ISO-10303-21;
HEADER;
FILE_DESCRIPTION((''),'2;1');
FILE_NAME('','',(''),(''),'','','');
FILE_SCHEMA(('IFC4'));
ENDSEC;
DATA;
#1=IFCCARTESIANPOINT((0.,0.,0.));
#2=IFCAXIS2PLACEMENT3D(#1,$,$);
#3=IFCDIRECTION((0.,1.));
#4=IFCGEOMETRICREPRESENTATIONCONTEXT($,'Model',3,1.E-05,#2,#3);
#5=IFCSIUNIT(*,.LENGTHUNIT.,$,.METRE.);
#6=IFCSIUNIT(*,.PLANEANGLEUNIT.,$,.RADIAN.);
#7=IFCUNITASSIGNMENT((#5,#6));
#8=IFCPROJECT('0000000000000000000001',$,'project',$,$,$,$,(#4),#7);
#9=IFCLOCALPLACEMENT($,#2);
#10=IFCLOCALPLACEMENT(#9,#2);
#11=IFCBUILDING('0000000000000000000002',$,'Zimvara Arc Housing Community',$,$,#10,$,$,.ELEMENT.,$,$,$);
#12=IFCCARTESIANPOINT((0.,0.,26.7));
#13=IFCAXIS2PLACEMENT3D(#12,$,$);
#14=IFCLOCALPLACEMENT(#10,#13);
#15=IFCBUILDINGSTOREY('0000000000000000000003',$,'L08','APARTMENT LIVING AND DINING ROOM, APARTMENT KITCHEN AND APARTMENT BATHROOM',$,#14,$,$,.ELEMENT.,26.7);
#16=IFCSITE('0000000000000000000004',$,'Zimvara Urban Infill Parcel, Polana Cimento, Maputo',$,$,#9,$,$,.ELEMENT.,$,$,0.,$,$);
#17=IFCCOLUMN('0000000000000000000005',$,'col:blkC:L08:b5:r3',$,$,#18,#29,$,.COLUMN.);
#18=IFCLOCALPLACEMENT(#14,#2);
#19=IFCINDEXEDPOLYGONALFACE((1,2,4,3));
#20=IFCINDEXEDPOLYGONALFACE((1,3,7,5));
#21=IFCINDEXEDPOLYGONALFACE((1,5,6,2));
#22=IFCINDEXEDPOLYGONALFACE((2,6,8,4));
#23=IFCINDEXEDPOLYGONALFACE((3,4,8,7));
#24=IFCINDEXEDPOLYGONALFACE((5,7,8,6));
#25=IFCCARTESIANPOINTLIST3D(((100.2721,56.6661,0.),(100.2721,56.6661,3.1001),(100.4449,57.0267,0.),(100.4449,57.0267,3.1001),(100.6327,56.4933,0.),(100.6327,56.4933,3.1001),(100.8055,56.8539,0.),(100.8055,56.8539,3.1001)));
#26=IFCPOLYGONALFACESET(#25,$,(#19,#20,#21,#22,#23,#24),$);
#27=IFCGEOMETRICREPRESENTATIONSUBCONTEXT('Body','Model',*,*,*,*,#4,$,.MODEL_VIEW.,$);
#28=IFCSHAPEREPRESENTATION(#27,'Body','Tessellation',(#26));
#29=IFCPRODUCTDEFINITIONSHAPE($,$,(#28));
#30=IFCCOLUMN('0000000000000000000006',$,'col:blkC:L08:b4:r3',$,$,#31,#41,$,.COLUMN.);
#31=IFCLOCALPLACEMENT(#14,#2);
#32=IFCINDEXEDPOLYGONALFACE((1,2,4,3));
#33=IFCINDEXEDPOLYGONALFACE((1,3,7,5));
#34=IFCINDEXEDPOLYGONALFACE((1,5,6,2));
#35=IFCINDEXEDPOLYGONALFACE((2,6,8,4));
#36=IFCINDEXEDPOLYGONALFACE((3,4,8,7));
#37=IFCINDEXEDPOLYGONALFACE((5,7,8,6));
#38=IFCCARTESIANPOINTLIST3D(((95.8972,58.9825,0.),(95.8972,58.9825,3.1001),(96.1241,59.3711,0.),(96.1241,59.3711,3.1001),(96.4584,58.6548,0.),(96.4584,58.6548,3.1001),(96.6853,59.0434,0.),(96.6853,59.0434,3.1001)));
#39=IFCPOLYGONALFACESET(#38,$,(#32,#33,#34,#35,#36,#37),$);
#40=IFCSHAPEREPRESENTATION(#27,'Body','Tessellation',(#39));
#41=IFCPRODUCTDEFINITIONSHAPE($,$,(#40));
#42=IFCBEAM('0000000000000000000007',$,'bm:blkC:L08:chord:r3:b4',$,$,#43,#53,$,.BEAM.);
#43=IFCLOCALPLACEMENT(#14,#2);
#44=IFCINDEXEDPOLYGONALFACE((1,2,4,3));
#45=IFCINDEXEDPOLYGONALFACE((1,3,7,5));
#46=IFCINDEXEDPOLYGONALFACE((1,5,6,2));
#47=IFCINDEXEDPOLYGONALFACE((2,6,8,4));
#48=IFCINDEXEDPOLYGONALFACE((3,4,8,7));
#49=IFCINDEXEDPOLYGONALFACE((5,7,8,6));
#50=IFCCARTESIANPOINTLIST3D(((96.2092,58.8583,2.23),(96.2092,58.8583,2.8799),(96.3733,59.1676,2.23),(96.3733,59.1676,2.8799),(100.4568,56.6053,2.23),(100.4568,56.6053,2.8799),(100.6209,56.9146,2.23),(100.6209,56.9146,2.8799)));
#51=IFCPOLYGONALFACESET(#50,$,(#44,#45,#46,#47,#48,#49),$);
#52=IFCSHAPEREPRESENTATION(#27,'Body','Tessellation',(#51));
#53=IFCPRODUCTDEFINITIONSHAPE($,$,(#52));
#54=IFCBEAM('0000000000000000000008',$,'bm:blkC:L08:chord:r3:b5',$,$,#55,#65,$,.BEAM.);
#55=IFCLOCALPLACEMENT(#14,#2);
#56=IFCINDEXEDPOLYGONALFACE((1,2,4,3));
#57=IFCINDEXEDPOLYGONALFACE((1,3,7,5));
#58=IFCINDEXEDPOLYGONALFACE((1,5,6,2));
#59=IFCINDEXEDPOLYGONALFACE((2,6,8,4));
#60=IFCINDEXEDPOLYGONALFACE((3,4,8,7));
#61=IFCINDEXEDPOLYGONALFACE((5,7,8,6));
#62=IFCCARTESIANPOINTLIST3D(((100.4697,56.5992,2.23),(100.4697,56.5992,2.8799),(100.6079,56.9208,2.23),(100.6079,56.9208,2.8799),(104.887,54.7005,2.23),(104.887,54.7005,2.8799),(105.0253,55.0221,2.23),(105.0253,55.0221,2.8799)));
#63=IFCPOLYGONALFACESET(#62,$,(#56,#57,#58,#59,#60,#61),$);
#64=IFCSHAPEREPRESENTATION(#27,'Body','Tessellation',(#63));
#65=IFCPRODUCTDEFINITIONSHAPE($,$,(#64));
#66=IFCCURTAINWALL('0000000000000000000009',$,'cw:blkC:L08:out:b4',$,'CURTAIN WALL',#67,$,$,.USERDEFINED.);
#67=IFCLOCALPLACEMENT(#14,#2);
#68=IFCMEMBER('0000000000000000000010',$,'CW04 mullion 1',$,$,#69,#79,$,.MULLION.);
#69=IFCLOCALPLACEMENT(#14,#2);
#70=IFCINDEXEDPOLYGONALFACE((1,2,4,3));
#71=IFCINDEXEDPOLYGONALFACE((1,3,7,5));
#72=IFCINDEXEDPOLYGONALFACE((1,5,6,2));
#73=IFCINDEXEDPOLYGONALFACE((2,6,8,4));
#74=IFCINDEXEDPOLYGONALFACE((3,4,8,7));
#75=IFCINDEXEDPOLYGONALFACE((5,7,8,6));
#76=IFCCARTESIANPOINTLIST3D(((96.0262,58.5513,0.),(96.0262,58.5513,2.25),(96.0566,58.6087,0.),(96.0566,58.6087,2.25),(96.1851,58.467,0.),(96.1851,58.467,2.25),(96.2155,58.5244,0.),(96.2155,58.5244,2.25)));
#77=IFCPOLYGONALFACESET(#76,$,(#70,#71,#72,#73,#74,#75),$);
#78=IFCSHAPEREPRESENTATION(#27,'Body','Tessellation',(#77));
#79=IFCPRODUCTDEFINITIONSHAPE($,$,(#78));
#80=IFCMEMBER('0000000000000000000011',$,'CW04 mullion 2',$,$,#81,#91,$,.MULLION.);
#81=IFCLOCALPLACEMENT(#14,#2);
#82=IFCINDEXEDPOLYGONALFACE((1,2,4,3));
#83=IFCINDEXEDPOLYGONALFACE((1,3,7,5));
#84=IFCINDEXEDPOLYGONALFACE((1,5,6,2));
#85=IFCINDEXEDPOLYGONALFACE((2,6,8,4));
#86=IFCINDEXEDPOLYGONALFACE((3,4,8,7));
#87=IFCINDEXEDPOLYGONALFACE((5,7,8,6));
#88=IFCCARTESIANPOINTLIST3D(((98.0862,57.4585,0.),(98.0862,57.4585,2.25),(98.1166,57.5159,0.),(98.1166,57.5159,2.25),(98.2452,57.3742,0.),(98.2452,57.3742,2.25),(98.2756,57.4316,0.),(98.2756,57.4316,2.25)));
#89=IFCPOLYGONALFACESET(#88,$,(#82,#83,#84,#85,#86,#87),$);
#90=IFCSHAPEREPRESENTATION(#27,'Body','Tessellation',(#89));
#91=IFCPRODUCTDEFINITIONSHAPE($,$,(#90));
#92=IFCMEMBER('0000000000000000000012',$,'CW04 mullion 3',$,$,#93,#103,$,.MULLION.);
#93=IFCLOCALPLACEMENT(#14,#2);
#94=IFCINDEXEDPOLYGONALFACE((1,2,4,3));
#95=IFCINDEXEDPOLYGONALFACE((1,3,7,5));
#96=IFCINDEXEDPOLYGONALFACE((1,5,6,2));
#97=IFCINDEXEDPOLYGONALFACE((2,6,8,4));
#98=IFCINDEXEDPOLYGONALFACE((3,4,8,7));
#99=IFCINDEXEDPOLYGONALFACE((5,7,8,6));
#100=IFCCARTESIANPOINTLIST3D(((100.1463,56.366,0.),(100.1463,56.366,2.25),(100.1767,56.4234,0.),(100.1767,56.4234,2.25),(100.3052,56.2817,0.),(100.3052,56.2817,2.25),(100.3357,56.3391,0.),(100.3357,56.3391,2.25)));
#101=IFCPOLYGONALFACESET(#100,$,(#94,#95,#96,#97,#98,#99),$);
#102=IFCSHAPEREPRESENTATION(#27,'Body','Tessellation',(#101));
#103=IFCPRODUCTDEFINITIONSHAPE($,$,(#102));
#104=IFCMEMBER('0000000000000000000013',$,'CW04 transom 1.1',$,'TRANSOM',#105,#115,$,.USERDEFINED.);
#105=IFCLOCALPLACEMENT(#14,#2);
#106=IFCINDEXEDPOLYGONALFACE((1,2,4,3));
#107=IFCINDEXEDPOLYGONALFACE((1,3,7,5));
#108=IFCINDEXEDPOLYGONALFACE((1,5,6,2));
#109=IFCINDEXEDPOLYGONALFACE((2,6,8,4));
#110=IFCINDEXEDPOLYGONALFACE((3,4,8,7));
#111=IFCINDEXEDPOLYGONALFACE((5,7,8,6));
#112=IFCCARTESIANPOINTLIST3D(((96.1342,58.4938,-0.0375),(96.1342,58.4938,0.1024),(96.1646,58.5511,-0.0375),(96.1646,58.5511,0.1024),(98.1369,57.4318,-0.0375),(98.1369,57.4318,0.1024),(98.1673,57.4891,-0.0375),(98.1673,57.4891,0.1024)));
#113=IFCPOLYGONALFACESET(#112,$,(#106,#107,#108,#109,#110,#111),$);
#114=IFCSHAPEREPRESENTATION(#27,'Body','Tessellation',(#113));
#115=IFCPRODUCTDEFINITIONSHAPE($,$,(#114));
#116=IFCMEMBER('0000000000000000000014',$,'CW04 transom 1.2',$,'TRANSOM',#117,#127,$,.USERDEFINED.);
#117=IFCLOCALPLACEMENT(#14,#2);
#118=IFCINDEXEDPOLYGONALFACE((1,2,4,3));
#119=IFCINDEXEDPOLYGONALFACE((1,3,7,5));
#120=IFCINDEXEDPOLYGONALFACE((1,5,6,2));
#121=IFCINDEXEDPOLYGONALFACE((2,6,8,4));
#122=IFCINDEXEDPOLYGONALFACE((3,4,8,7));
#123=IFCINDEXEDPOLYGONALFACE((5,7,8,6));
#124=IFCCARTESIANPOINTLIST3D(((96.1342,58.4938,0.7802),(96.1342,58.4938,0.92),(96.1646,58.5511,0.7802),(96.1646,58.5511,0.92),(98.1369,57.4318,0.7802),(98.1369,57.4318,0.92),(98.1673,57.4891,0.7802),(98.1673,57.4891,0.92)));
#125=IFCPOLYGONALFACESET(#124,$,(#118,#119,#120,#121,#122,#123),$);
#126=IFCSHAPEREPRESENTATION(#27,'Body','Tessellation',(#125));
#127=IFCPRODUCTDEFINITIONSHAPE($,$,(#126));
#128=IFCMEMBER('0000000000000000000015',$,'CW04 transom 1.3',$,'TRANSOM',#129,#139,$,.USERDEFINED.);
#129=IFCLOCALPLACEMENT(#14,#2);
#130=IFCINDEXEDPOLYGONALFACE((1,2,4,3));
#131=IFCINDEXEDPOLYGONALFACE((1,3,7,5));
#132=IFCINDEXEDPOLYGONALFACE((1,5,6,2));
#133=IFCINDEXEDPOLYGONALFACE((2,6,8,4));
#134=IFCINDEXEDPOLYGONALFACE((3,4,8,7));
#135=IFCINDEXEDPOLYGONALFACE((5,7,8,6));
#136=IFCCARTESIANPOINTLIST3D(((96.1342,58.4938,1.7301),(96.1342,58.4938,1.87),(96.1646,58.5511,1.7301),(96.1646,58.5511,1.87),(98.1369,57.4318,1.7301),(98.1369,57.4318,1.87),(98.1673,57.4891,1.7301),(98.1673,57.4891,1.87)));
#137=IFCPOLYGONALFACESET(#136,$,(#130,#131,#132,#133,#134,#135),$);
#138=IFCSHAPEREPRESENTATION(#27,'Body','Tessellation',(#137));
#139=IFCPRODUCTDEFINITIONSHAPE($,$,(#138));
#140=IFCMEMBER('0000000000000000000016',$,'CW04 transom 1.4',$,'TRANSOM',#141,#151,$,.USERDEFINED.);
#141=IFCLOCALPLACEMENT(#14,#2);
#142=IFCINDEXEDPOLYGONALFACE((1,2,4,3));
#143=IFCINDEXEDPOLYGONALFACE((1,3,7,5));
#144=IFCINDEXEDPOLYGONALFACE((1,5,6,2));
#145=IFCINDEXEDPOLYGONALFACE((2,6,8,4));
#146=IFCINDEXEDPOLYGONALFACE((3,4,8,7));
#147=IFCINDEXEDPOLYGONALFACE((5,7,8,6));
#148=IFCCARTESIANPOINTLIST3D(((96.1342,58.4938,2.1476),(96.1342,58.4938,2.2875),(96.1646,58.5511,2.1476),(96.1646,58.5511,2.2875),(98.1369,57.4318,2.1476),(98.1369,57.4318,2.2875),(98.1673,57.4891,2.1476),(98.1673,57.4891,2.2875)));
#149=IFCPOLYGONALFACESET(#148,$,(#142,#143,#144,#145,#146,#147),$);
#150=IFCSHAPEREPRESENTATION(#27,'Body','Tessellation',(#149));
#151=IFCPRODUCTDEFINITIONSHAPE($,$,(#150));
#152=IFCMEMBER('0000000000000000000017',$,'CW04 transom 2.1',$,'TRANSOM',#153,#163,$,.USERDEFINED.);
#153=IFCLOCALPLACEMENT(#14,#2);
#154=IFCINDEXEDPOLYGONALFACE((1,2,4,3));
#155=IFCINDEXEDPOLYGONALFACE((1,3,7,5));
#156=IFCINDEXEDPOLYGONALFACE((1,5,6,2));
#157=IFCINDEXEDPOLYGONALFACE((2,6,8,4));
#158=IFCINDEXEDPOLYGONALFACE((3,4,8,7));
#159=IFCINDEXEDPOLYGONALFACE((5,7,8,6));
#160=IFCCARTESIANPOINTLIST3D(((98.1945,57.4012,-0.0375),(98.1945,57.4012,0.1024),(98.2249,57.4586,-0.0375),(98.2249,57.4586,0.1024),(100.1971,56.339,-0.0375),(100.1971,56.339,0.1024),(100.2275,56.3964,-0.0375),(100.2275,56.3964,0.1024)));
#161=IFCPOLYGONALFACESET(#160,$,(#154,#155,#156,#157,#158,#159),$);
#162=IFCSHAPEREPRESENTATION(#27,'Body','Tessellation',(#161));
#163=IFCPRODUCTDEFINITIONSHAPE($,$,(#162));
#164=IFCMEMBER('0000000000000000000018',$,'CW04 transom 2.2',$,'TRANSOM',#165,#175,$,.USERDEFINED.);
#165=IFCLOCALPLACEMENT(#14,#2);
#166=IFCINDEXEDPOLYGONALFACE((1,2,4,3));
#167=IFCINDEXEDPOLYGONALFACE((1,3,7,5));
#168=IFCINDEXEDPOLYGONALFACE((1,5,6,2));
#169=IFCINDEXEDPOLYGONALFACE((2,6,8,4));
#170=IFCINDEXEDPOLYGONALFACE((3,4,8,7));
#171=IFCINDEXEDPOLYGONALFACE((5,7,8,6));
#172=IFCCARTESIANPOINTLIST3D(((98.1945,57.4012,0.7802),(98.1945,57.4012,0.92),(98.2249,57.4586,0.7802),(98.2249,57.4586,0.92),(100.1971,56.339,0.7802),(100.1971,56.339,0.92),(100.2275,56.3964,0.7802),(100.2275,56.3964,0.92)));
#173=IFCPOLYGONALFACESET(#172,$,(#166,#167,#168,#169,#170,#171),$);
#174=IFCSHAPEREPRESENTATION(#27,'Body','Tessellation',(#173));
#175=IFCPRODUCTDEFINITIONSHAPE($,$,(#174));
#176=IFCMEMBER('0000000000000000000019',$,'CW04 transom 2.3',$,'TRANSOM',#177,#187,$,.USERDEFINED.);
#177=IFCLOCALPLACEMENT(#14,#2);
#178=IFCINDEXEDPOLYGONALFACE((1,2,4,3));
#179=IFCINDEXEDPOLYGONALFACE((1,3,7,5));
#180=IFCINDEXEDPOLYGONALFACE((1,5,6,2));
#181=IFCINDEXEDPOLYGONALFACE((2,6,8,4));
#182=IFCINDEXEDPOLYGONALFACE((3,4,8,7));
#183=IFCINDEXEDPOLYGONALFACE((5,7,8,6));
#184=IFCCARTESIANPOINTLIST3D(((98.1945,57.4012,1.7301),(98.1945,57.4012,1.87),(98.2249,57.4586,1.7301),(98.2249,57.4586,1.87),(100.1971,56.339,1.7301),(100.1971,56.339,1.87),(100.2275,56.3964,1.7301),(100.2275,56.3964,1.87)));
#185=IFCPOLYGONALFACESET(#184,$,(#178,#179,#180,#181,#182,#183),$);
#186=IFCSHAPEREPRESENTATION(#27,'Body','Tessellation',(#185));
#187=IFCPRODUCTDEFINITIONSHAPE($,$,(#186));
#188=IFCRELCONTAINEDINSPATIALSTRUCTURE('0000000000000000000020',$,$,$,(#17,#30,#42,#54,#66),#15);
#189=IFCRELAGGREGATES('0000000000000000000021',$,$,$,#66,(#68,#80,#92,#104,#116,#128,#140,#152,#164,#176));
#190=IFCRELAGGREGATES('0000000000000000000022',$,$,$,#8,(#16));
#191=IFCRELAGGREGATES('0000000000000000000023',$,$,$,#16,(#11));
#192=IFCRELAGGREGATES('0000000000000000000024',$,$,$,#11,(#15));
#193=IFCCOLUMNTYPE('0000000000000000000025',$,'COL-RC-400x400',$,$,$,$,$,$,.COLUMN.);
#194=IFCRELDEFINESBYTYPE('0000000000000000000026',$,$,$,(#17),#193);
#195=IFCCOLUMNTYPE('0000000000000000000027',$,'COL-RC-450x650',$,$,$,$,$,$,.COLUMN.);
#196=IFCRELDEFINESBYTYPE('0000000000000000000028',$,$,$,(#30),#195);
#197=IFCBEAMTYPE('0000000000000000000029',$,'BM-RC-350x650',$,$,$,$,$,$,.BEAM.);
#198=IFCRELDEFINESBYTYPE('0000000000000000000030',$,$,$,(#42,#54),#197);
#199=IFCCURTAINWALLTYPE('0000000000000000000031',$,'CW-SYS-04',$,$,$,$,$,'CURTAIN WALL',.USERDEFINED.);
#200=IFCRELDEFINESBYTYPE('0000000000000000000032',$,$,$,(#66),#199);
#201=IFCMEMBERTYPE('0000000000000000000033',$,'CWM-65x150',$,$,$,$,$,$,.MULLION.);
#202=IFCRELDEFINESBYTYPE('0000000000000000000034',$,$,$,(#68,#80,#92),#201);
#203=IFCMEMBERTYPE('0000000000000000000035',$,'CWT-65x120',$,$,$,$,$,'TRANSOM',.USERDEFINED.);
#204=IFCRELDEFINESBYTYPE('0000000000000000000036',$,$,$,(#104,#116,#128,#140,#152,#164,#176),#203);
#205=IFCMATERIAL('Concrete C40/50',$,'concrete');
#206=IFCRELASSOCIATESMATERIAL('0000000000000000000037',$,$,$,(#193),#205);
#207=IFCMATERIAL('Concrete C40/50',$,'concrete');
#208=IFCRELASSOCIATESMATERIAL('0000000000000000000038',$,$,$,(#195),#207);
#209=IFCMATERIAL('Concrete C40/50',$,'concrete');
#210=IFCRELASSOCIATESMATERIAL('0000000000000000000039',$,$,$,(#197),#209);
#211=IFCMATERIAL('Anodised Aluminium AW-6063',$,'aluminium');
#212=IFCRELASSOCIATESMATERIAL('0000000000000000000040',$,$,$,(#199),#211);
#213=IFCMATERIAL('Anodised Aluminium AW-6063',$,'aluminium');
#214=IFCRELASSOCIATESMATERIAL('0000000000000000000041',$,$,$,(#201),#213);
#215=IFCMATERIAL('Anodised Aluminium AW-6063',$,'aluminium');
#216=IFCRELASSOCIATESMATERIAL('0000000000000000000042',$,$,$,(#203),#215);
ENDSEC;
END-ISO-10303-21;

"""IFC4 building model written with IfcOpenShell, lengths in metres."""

from ifc_helpers import new_model, si_unit, direction, frame, origin, origin_2d, place, context, subcontext, project, spatial, rectangle, extrude, material, material_profile, profile_set, type_object, element, aggregate, save


model = new_model("IFC4")

# Units and contexts
model_context = context("Model", 3, precision=1e-05, world=origin(), true_north=direction((0.0, 1.0)))
body_context = subcontext(model_context, "Body", "Model", "MODEL_VIEW")
ifc_project = project(units=[si_unit("LENGTHUNIT", "METRE"), si_unit("PLANEANGLEUNIT", "RADIAN")], contexts=[model_context])

# Site, building, storey
site_placement = place(None, origin())
site = spatial("IfcSite", under=ifc_project, at=site_placement, Name="Zimvara Urban Infill Parcel, Polana Cimento, Maputo", CompositionType="ELEMENT", RefElevation=0.0)
building_placement = place(site_placement, origin())
building = spatial("IfcBuilding", under=site, at=building_placement, Name="Zimvara Arc Housing Community", CompositionType="ELEMENT")
storey_placement = place(building_placement, frame((0.0, 0.0, 26.7)))
storey = spatial("IfcBuildingStorey", under=building, at=storey_placement, Name="L08", Description="APARTMENT LIVING AND DINING ROOM, APARTMENT KITCHEN AND APARTMENT BATHROOM", CompositionType="ELEMENT", Elevation=26.7)

# Columns
ifc_material_1 = material(Name="Concrete C40/50", Category="concrete")
ifc_material_profile_1 = material_profile(ifc_material_1, rectangle(XDim=0.3999, YDim=0.3999, at=origin_2d()), Name="RC 400x400")
ifc_profile_set_1 = profile_set([ifc_material_profile_1], Name="Concrete C40/50")
column_type_1 = type_object("IfcColumnType", Name="COL-RC-400x400", PredefinedType="COLUMN", material=ifc_profile_set_1)
column_1_placement = place(storey_placement, frame((100.5388, 56.76, 0.0), z_axis=(0.0, 0.0, 1.0), x_axis=(-0.432086, -0.901833, 0.0)))
element("IfcColumn", 1, at=column_1_placement, inside=storey, type_object=column_type_1, Name="col:blkC:L08:b5:r3", PredefinedType="COLUMN", context=body_context, shape_type="SweptSolid", body=[
    extrude(rectangle(XDim=0.3999, YDim=0.3999, at=origin_2d()), origin(), (0.0, 0.0, 1.0), 3.1001),
])
ifc_material_2 = material(Name="Concrete C40/50", Category="concrete")
ifc_material_profile_2 = material_profile(ifc_material_2, rectangle(XDim=0.45, YDim=0.6499, at=origin_2d()), Name="RC 450x650")
ifc_profile_set_2 = profile_set([ifc_material_profile_2], Name="Concrete C40/50")
column_type_2 = type_object("IfcColumnType", Name="COL-RC-450x650", PredefinedType="COLUMN", material=ifc_profile_set_2)
column_2_placement = place(storey_placement, frame((96.2913, 59.0129, 0.0), z_axis=(0.0, 0.0, 1.0), x_axis=(-0.504226, -0.863572, 0.0)))
element("IfcColumn", 2, at=column_2_placement, inside=storey, type_object=column_type_2, Name="col:blkC:L08:b4:r3", PredefinedType="COLUMN", context=body_context, shape_type="SweptSolid", body=[
    extrude(rectangle(XDim=0.45, YDim=0.6499, at=origin_2d()), origin(), (0.0, 0.0, 1.0), 3.1001),
])

# Beams
ifc_material_3 = material(Name="Concrete C40/50", Category="concrete")
ifc_material_profile_3 = material_profile(ifc_material_3, rectangle(XDim=0.3501, YDim=0.6499, at=origin_2d()), Name="RC 350x650")
ifc_profile_set_3 = profile_set([ifc_material_profile_3], Name="Concrete C40/50")
beam_type = type_object("IfcBeamType", Name="BM-RC-350x650", PredefinedType="BEAM", material=ifc_profile_set_3)
for number, where, z_axis, x_axis, name in (
    (3, (96.2913, 59.0129, 2.5549), (0.883425, -0.468573, 0.0), (0.468573, 0.883425, 0.0), "bm:blkC:L08:chord:r3:b4"),
    (4, (100.5388, 56.76, 2.5549), (0.918724, -0.3949, 0.0), (0.3949, 0.918724, 0.0), "bm:blkC:L08:chord:r3:b5"),
):
    element("IfcBeam", number, at=place(storey_placement, frame(where, z_axis=z_axis, x_axis=x_axis)), inside=storey, type_object=beam_type, Name=name, PredefinedType="BEAM", context=body_context, shape_type="SweptSolid", body=[
        extrude(rectangle(XDim=0.3501, YDim=0.6499, at=origin_2d()), origin(), (0.0, 0.0, 1.0), 4.8081),
    ])

# Curtain wall, members
ifc_material_4 = material(Name="Anodised Aluminium AW-6063", Category="aluminium")
curtain_wall_type = type_object("IfcCurtainWallType", Name="CW-SYS-04", ElementType="CURTAIN WALL", PredefinedType="USERDEFINED", material=ifc_material_4)
curtain_wall_placement = place(storey_placement, origin())
curtain_wall = element("IfcCurtainWall", 5, at=curtain_wall_placement, inside=storey, type_object=curtain_wall_type, Name="cw:blkC:L08:out:b4", ObjectType="CURTAIN WALL", PredefinedType="USERDEFINED")
ifc_material_5 = material(Name="Anodised Aluminium AW-6063", Category="aluminium")
ifc_material_profile_4 = material_profile(ifc_material_5, rectangle(XDim=0.0649, YDim=0.1799, at=origin_2d()), Name="ALU 65x180")
ifc_profile_set_4 = profile_set([ifc_material_profile_4], Name="Anodised Aluminium AW-6063")
member_type_1 = type_object("IfcMemberType", Name="CWM-65x150", PredefinedType="MULLION", material=ifc_profile_set_4)
member_1_placement = place(storey_placement, frame((96.1208, 58.5378, 0.0), z_axis=(0.0, 0.0, 1.0), x_axis=(0.468547, 0.883439, 0.0)))
member_1 = element("IfcMember", 6, at=member_1_placement, type_object=member_type_1, Name="CW04 mullion 1", PredefinedType="MULLION", context=body_context, shape_type="SweptSolid", body=[
    extrude(rectangle(XDim=0.0649, YDim=0.1799, at=origin_2d()), origin(), (0.0, 0.0, 1.0), 2.25),
])
member_2_placement = place(storey_placement, frame((98.1809, 57.4451, 0.0), z_axis=(0.0, 0.0, 1.0), x_axis=(0.468547, 0.883439, 0.0)))
member_2 = element("IfcMember", 7, at=member_2_placement, type_object=member_type_1, Name="CW04 mullion 2", PredefinedType="MULLION", context=body_context, shape_type="SweptSolid", body=[
    extrude(rectangle(XDim=0.0649, YDim=0.1799, at=origin_2d()), origin(), (0.0, 0.0, 1.0), 2.25),
])
member_3_placement = place(storey_placement, frame((100.241, 56.3525, 0.0), z_axis=(0.0, 0.0, 1.0), x_axis=(0.468547, 0.883439, 0.0)))
member_3 = element("IfcMember", 8, at=member_3_placement, type_object=member_type_1, Name="CW04 mullion 3", PredefinedType="MULLION", context=body_context, shape_type="SweptSolid", body=[
    extrude(rectangle(XDim=0.0649, YDim=0.1799, at=origin_2d()), origin(), (0.0, 0.0, 1.0), 2.25),
])
ifc_material_6 = material(Name="Anodised Aluminium AW-6063", Category="aluminium")
ifc_material_profile_5 = material_profile(ifc_material_6, rectangle(XDim=0.0649, YDim=0.1399, at=origin_2d()), Name="ALU 65x140")
ifc_profile_set_5 = profile_set([ifc_material_profile_5], Name="Anodised Aluminium AW-6063")
member_type_2 = type_object("IfcMemberType", Name="CWT-65x120", ElementType="TRANSOM", PredefinedType="USERDEFINED", material=ifc_profile_set_5)
member_4_placement = place(storey_placement, frame((96.1494, 58.5225, 0.0325), z_axis=(0.883465, -0.468496, 0.0), x_axis=(0.468496, 0.883465, 0.0)))
member_4 = element("IfcMember", 9, at=member_4_placement, type_object=member_type_2, Name="CW04 transom 1.1", ObjectType="TRANSOM", PredefinedType="USERDEFINED", context=body_context, shape_type="SweptSolid", body=[
    extrude(rectangle(XDim=0.0649, YDim=0.1399, at=origin_2d()), origin(), (0.0, 0.0, 1.0), 2.2668),
])
member_5_placement = place(storey_placement, frame((96.1494, 58.5225, 0.8501), z_axis=(0.883465, -0.468496, 0.0), x_axis=(0.468496, 0.883465, 0.0)))
member_5 = element("IfcMember", 10, at=member_5_placement, type_object=member_type_2, Name="CW04 transom 1.2", ObjectType="TRANSOM", PredefinedType="USERDEFINED", context=body_context, shape_type="SweptSolid", body=[
    extrude(rectangle(XDim=0.0649, YDim=0.1399, at=origin_2d()), origin(), (0.0, 0.0, 1.0), 2.2668),
])
member_6_placement = place(storey_placement, frame((96.1494, 58.5225, 1.8), z_axis=(0.883465, -0.468496, 0.0), x_axis=(0.468496, 0.883465, 0.0)))
member_6 = element("IfcMember", 11, at=member_6_placement, type_object=member_type_2, Name="CW04 transom 1.3", ObjectType="TRANSOM", PredefinedType="USERDEFINED", context=body_context, shape_type="SweptSolid", body=[
    extrude(rectangle(XDim=0.0649, YDim=0.1399, at=origin_2d()), origin(), (0.0, 0.0, 1.0), 2.2668),
])
member_7_placement = place(storey_placement, frame((96.1494, 58.5225, 2.2175), z_axis=(0.883465, -0.468496, 0.0), x_axis=(0.468496, 0.883465, 0.0)))
member_7 = element("IfcMember", 12, at=member_7_placement, type_object=member_type_2, Name="CW04 transom 1.4", ObjectType="TRANSOM", PredefinedType="USERDEFINED", context=body_context, shape_type="SweptSolid", body=[
    extrude(rectangle(XDim=0.0649, YDim=0.1399, at=origin_2d()), origin(), (0.0, 0.0, 1.0), 2.2668),
])
member_8_placement = place(storey_placement, frame((98.2097, 57.4299, 0.0325), z_axis=(0.883421, -0.46858, 0.0), x_axis=(0.46858, 0.883421, 0.0)))
member_8 = element("IfcMember", 13, at=member_8_placement, type_object=member_type_2, Name="CW04 transom 2.1", ObjectType="TRANSOM", PredefinedType="USERDEFINED", context=body_context, shape_type="SweptSolid", body=[
    extrude(rectangle(XDim=0.0649, YDim=0.1399, at=origin_2d()), origin(), (0.0, 0.0, 1.0), 2.2668),
])
member_9_placement = place(storey_placement, frame((98.2097, 57.4299, 0.8501), z_axis=(0.883421, -0.46858, 0.0), x_axis=(0.46858, 0.883421, 0.0)))
member_9 = element("IfcMember", 14, at=member_9_placement, type_object=member_type_2, Name="CW04 transom 2.2", ObjectType="TRANSOM", PredefinedType="USERDEFINED", context=body_context, shape_type="SweptSolid", body=[
    extrude(rectangle(XDim=0.0649, YDim=0.1399, at=origin_2d()), origin(), (0.0, 0.0, 1.0), 2.2668),
])
member_10_placement = place(storey_placement, frame((98.2097, 57.4299, 1.8), z_axis=(0.883421, -0.46858, 0.0), x_axis=(0.46858, 0.883421, 0.0)))
member_10 = element("IfcMember", 15, at=member_10_placement, type_object=member_type_2, Name="CW04 transom 2.3", ObjectType="TRANSOM", PredefinedType="USERDEFINED", context=body_context, shape_type="SweptSolid", body=[
    extrude(rectangle(XDim=0.0649, YDim=0.1399, at=origin_2d()), origin(), (0.0, 0.0, 1.0), 2.2668),
])
aggregate(curtain_wall, [member_1, member_2, member_3, member_4, member_5, member_6, member_7, member_8, member_9, member_10])

save(model, "model.ifc")
